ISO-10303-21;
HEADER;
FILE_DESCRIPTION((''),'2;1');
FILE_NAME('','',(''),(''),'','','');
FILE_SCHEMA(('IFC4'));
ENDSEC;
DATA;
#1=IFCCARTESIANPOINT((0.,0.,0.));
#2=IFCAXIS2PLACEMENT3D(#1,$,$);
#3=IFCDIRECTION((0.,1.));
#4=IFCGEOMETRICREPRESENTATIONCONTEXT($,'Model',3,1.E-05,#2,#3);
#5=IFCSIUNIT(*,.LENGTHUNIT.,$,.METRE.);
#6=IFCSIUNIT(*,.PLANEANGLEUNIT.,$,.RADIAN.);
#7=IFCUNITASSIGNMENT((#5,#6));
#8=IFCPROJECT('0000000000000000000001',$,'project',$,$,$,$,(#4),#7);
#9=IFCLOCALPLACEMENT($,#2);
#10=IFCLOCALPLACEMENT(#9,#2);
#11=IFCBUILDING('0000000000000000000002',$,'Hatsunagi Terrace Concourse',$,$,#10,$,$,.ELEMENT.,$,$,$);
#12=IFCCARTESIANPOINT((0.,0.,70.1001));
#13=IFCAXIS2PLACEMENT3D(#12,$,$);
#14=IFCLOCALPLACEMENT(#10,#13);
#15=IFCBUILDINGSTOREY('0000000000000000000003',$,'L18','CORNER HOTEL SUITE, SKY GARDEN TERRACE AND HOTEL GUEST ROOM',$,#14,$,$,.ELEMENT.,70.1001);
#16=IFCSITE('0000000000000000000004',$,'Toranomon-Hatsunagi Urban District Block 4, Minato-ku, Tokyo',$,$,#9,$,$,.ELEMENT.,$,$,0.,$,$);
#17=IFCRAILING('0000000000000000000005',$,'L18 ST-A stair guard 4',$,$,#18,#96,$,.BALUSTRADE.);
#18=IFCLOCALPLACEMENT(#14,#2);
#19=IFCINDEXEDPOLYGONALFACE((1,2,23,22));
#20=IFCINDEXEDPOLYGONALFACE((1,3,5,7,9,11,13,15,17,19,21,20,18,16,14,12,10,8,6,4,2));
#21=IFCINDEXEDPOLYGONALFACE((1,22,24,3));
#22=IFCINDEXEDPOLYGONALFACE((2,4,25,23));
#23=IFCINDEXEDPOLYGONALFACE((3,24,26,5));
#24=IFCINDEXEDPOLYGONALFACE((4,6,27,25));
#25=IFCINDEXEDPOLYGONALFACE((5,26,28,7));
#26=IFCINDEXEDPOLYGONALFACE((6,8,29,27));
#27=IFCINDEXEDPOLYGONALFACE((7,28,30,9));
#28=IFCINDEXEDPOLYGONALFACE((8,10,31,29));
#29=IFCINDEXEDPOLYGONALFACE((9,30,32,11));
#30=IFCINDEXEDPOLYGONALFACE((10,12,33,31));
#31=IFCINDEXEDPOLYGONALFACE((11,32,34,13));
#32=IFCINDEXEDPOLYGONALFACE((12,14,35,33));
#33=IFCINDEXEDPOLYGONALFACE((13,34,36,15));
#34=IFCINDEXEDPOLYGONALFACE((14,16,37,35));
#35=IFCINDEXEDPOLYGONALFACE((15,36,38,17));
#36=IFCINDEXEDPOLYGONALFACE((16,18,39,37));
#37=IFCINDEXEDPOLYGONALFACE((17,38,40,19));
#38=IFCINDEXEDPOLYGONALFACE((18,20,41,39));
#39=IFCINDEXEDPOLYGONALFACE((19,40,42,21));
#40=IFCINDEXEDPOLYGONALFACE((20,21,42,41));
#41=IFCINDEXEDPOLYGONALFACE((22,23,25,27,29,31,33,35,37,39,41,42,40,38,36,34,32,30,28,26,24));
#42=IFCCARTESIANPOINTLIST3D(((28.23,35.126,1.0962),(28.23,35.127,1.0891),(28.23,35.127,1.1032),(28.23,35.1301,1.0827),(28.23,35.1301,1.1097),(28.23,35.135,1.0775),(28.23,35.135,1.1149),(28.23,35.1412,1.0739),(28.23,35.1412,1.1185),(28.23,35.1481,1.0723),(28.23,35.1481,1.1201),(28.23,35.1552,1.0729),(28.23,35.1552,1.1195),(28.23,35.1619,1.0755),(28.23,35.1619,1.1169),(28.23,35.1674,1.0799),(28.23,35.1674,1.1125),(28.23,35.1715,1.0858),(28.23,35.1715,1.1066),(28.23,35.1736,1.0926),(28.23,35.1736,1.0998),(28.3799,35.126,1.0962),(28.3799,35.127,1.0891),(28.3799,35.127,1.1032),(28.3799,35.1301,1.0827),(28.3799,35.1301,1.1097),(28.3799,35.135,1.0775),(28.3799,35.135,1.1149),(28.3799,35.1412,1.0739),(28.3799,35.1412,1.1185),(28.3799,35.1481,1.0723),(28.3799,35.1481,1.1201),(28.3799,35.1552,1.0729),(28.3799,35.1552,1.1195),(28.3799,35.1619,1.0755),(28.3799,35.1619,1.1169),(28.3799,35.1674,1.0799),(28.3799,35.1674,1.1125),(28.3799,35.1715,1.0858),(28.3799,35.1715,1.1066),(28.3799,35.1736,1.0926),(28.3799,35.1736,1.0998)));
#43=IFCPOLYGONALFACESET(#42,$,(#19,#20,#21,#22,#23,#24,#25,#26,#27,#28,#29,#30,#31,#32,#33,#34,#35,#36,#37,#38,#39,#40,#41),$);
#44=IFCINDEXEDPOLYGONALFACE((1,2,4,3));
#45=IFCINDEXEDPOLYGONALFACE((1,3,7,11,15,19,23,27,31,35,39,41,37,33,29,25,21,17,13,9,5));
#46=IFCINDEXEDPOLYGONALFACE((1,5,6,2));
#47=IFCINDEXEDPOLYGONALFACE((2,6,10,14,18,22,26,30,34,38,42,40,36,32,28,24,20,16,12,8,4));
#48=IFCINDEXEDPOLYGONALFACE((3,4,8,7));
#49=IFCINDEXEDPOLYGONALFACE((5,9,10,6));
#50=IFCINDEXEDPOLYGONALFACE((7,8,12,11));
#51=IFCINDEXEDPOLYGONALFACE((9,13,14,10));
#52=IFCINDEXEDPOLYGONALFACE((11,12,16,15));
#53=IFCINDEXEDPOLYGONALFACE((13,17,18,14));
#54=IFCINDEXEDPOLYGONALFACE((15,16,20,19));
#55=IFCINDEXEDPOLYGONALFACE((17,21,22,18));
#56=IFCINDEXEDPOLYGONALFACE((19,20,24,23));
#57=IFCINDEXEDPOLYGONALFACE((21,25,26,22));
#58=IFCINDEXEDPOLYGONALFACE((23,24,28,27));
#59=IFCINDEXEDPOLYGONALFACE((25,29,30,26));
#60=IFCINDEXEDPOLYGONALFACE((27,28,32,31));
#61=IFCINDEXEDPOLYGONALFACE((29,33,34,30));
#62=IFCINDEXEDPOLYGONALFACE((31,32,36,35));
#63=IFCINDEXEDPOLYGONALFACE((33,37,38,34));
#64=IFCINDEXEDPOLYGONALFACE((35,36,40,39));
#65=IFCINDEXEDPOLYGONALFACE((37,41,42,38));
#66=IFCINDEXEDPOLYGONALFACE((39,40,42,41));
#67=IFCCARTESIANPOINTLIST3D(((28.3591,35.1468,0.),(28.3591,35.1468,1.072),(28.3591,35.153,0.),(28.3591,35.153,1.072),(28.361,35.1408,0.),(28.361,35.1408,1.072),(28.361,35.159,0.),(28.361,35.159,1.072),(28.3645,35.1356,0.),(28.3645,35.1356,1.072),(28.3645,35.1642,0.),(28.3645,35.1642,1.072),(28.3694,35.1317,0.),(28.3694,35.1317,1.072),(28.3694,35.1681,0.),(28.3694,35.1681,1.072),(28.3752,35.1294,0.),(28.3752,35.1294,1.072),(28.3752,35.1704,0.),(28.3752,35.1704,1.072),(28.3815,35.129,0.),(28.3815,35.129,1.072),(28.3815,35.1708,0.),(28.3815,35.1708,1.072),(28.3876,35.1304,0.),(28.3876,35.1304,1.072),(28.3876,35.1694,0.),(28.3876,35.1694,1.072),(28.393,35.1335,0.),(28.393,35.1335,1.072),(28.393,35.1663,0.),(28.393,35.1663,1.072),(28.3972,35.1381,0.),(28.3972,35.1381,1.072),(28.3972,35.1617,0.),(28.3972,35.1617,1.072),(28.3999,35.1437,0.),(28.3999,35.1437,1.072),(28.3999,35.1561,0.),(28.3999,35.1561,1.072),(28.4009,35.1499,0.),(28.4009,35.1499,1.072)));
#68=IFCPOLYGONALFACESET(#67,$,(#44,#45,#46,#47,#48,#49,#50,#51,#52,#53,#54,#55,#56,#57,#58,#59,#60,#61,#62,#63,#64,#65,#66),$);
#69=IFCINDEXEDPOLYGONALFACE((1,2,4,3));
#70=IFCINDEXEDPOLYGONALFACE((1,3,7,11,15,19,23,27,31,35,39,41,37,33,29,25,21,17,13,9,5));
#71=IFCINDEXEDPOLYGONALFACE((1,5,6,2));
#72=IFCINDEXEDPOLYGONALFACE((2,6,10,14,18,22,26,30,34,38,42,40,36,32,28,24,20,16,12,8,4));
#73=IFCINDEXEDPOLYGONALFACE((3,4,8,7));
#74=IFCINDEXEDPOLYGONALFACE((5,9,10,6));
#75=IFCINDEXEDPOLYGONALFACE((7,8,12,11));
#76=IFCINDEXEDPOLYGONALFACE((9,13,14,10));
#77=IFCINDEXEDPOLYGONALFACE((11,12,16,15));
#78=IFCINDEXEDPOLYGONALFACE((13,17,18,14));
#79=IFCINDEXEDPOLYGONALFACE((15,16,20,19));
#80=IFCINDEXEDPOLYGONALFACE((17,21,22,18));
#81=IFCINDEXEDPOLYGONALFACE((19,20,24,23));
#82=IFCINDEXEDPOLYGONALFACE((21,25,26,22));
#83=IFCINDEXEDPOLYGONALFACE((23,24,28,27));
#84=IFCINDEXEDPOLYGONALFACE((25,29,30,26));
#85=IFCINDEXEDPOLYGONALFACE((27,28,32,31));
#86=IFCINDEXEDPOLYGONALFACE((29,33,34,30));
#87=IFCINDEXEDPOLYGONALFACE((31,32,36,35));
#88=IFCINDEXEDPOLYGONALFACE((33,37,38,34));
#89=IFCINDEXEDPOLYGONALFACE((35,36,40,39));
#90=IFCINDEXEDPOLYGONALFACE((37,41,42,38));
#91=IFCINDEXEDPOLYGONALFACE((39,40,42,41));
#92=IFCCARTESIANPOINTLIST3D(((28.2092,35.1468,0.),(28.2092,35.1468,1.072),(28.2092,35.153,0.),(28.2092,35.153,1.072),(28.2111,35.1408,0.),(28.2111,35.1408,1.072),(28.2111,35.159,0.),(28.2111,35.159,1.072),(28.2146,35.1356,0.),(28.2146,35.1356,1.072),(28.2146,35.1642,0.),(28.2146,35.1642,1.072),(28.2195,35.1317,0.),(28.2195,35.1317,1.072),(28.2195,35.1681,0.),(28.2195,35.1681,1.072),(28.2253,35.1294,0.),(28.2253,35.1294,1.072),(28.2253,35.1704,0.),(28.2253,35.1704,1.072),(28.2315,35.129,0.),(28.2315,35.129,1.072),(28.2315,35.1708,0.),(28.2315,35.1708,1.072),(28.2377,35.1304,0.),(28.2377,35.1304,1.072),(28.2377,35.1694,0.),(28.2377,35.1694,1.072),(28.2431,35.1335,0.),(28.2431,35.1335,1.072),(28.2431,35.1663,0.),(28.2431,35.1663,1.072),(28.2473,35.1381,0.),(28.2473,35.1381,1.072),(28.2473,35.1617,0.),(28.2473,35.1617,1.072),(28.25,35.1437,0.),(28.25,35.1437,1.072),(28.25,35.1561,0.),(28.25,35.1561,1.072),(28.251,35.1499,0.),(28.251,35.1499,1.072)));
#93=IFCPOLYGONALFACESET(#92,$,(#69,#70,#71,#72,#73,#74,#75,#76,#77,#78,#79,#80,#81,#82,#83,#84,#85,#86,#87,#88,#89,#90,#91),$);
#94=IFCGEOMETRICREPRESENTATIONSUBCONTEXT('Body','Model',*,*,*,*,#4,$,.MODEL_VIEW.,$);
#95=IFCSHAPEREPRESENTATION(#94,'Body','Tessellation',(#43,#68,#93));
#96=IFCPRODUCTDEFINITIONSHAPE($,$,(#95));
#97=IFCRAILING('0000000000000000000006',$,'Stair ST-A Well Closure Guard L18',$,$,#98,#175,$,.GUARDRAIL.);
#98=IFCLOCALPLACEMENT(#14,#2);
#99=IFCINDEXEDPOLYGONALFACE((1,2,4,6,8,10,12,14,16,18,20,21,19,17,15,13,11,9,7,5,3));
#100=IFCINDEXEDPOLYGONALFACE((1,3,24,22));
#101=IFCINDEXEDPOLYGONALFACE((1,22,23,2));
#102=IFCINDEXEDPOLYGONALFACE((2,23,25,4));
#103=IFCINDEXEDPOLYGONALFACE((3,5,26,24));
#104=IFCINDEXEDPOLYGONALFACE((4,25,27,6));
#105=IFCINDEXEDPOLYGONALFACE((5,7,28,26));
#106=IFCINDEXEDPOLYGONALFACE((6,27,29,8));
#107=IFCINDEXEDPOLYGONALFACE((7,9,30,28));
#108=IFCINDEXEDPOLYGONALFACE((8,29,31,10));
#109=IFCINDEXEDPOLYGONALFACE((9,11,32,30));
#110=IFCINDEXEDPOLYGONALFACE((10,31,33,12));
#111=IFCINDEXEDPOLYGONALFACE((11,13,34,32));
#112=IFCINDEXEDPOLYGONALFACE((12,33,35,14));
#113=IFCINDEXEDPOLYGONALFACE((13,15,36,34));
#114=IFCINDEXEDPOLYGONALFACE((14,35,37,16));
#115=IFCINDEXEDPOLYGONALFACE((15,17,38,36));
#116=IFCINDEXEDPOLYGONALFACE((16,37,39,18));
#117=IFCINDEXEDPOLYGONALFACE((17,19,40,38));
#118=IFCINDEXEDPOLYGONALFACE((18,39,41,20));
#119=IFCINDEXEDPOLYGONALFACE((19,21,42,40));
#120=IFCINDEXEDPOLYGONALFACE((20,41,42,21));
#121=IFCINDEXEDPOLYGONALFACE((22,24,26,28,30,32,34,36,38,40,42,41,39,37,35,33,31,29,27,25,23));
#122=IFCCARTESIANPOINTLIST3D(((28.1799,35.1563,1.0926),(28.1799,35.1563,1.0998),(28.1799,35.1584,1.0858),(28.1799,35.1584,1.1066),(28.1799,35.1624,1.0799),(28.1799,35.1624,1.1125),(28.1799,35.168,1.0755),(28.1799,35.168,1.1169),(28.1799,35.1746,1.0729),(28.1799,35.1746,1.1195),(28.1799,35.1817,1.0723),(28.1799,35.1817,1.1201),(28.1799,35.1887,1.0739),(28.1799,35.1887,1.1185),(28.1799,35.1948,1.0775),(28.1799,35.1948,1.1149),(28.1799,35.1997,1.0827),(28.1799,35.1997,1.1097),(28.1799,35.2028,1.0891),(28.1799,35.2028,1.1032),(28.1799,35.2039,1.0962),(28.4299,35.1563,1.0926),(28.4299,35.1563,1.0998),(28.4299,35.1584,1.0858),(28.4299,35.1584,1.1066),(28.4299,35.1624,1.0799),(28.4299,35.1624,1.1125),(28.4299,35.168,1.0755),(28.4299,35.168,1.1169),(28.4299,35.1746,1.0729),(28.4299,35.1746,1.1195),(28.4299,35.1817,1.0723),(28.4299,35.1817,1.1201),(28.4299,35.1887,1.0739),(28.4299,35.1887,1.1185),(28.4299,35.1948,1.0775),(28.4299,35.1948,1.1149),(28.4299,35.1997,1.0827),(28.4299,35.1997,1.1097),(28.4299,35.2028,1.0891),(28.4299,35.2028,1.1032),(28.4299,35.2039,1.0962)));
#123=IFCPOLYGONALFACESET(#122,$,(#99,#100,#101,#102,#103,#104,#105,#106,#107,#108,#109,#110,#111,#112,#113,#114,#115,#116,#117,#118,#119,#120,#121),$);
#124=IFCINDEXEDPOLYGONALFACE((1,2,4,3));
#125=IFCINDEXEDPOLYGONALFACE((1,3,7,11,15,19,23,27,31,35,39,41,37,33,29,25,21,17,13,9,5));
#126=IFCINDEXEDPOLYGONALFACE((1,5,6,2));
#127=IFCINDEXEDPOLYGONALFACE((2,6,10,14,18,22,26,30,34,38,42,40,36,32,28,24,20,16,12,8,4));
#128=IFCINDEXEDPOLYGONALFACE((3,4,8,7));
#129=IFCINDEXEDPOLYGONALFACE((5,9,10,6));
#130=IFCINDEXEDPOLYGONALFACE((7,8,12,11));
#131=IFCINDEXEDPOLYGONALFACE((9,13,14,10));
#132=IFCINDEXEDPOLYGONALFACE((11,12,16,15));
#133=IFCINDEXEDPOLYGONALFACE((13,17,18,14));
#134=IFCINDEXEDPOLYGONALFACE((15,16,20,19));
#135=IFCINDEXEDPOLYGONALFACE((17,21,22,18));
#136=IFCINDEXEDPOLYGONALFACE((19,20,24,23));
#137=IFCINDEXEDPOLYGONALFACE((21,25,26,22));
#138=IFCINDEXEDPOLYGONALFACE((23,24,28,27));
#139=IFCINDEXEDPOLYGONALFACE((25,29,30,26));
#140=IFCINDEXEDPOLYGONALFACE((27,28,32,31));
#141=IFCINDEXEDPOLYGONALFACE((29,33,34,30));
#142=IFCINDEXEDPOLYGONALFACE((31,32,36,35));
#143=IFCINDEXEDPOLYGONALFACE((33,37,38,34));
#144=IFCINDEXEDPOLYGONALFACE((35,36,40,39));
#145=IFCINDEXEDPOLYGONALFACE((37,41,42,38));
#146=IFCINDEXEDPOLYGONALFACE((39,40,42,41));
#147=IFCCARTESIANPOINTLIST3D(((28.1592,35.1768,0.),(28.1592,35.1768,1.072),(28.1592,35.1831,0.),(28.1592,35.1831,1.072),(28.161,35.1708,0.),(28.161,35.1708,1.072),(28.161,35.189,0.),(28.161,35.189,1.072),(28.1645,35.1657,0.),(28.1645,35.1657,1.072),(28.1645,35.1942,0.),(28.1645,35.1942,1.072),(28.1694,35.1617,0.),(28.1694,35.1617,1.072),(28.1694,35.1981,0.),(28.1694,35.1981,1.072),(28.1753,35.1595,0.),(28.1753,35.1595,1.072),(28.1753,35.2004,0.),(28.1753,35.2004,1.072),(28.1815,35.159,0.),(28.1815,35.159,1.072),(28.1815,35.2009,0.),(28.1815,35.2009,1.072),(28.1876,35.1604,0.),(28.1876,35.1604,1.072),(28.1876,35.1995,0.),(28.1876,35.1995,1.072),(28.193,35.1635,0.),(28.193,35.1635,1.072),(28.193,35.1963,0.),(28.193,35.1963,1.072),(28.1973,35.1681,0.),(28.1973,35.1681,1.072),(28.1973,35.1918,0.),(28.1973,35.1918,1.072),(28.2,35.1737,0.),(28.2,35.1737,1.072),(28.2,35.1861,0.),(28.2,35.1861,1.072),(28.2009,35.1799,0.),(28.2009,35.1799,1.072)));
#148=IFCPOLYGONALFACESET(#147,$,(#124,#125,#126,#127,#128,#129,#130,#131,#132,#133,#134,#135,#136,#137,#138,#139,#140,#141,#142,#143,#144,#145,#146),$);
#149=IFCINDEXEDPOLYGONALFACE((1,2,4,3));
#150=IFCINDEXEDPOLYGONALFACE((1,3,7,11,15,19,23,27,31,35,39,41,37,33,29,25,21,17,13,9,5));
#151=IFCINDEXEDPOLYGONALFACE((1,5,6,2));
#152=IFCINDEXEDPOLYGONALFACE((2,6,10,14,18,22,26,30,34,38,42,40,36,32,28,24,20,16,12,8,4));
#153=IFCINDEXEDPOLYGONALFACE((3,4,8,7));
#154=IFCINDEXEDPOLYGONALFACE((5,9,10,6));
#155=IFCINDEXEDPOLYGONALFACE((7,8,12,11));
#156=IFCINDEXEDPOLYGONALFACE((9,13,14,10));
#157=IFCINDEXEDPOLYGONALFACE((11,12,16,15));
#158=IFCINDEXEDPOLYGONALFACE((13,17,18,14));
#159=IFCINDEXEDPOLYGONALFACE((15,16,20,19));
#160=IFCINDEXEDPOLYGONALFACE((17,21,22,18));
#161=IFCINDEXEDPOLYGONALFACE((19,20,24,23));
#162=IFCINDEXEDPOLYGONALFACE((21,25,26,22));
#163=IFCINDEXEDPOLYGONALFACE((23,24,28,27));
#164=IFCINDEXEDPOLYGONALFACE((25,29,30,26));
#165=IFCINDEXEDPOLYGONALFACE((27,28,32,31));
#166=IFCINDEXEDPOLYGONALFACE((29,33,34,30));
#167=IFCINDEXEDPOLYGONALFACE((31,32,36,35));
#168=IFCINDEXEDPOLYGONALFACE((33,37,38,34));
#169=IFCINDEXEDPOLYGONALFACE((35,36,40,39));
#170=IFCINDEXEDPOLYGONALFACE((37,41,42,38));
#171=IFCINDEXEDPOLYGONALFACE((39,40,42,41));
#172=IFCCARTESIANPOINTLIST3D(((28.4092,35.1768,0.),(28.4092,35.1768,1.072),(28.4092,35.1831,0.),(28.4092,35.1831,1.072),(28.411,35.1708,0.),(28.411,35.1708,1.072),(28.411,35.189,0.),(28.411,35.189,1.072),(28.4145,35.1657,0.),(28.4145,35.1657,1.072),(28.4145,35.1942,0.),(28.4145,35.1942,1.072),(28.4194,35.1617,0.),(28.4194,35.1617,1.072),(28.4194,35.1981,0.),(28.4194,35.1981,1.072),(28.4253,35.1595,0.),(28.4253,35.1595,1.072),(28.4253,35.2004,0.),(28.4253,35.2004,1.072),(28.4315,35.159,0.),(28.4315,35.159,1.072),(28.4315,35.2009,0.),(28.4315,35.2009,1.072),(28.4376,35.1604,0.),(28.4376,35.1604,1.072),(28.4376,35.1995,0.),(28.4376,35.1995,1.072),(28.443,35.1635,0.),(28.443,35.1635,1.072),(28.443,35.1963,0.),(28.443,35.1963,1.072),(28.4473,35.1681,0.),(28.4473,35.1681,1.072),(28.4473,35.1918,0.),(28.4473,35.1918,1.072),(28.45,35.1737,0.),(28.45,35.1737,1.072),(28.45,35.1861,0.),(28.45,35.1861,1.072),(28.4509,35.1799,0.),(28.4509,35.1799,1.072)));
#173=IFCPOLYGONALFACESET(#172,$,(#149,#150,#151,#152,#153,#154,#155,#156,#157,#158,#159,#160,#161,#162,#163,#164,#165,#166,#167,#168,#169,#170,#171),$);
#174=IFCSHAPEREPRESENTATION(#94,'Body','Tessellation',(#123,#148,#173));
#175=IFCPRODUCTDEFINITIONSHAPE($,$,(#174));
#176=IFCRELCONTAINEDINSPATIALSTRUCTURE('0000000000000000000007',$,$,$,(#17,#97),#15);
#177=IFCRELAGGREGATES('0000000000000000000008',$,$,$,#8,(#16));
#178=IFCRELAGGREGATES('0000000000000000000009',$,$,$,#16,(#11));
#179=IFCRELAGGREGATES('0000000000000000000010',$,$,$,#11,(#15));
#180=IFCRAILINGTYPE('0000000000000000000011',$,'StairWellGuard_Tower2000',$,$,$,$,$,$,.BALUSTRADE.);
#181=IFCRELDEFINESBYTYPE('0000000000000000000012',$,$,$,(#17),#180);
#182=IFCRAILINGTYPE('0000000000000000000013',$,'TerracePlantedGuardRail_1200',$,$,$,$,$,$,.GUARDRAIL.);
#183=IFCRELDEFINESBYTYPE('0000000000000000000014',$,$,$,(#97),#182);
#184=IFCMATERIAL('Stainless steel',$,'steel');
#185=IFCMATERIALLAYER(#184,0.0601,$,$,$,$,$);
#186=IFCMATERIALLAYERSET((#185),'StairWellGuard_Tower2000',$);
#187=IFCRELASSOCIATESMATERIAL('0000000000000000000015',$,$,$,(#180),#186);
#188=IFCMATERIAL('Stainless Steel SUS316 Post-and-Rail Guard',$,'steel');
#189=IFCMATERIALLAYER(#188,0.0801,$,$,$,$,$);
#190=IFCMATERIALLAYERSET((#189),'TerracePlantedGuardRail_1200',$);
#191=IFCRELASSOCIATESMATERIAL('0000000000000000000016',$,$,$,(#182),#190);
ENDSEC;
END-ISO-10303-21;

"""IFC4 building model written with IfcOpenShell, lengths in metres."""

from ifc_helpers import new_model, si_unit, direction, frame, origin, origin_2d, place, context, subcontext, project, spatial, circle, extrude, material, layer, layer_set, type_object, element, save


model = new_model("IFC4")

# Units and contexts
model_context = context("Model", 3, precision=1e-05, world=origin(), true_north=direction((0.0, 1.0)))
body_context = subcontext(model_context, "Body", "Model", "MODEL_VIEW")
ifc_project = project(units=[si_unit("LENGTHUNIT", "METRE"), si_unit("PLANEANGLEUNIT", "RADIAN")], contexts=[model_context])

# Site, building, storey
site_placement = place(None, origin())
site = spatial("IfcSite", under=ifc_project, at=site_placement, Name="Toranomon-Hatsunagi Urban District Block 4, Minato-ku, Tokyo", CompositionType="ELEMENT", RefElevation=0.0)
building_placement = place(site_placement, origin())
building = spatial("IfcBuilding", under=site, at=building_placement, Name="Hatsunagi Terrace Concourse", CompositionType="ELEMENT")
storey_placement = place(building_placement, frame((0.0, 0.0, 70.1001)))
storey = spatial("IfcBuildingStorey", under=building, at=storey_placement, Name="L18", Description="CORNER HOTEL SUITE, SKY GARDEN TERRACE AND HOTEL GUEST ROOM", CompositionType="ELEMENT", Elevation=70.1001)

# Railings
ifc_material_1 = material(Name="Stainless steel", Category="steel")
ifc_layer_1 = layer(ifc_material_1, 0.0601)
ifc_layer_set_1 = layer_set([ifc_layer_1], Name="StairWellGuard_Tower2000")
railing_type_1 = type_object("IfcRailingType", Name="StairWellGuard_Tower2000", PredefinedType="BALUSTRADE", material=ifc_layer_set_1)
railing_1_placement = place(storey_placement, frame((28.3799, 35.1499, 0.0)))
element("IfcRailing", 1, at=railing_1_placement, inside=storey, type_object=railing_type_1, Name="L18 ST-A stair guard 4", PredefinedType="BALUSTRADE", context=body_context, shape_type="SweptSolid", body=[
    extrude(circle(Radius=0.0239, at=origin_2d()), frame((0.0, 0.0, 1.0962), z_axis=(-1.0, 0.0, 0.0), x_axis=(0.0, -1.0, 0.0)), (0.0, 0.0, 1.0), 0.1499),
    extrude(circle(Radius=0.021, at=origin_2d()), origin(), (0.0, 0.0, 1.0), 1.072),
    extrude(circle(Radius=0.021, at=origin_2d()), frame((-0.1499, 0.0, 0.0)), (0.0, 0.0, 1.0), 1.072),
])
ifc_material_2 = material(Name="Stainless Steel SUS316 Post-and-Rail Guard", Category="steel")
ifc_layer_2 = layer(ifc_material_2, 0.0801)
ifc_layer_set_2 = layer_set([ifc_layer_2], Name="TerracePlantedGuardRail_1200")
railing_type_2 = type_object("IfcRailingType", Name="TerracePlantedGuardRail_1200", PredefinedType="GUARDRAIL", material=ifc_layer_set_2)
railing_2_placement = place(storey_placement, frame((28.1799, 35.1799, 0.0)))
element("IfcRailing", 2, at=railing_2_placement, inside=storey, type_object=railing_type_2, Name="Stair ST-A Well Closure Guard L18", PredefinedType="GUARDRAIL", context=body_context, shape_type="SweptSolid", body=[
    extrude(circle(Radius=0.0239, at=origin_2d()), frame((0.0, 0.0, 1.0962), z_axis=(1.0, 0.0, 0.0), x_axis=(0.0, 1.0, 0.0)), (0.0, 0.0, 1.0), 0.25),
    extrude(circle(Radius=0.021, at=origin_2d()), origin(), (0.0, 0.0, 1.0), 1.072),
    extrude(circle(Radius=0.021, at=origin_2d()), frame((0.25, 0.0, 0.0)), (0.0, 0.0, 1.0), 1.072),
])

save(model, "model.ifc")
